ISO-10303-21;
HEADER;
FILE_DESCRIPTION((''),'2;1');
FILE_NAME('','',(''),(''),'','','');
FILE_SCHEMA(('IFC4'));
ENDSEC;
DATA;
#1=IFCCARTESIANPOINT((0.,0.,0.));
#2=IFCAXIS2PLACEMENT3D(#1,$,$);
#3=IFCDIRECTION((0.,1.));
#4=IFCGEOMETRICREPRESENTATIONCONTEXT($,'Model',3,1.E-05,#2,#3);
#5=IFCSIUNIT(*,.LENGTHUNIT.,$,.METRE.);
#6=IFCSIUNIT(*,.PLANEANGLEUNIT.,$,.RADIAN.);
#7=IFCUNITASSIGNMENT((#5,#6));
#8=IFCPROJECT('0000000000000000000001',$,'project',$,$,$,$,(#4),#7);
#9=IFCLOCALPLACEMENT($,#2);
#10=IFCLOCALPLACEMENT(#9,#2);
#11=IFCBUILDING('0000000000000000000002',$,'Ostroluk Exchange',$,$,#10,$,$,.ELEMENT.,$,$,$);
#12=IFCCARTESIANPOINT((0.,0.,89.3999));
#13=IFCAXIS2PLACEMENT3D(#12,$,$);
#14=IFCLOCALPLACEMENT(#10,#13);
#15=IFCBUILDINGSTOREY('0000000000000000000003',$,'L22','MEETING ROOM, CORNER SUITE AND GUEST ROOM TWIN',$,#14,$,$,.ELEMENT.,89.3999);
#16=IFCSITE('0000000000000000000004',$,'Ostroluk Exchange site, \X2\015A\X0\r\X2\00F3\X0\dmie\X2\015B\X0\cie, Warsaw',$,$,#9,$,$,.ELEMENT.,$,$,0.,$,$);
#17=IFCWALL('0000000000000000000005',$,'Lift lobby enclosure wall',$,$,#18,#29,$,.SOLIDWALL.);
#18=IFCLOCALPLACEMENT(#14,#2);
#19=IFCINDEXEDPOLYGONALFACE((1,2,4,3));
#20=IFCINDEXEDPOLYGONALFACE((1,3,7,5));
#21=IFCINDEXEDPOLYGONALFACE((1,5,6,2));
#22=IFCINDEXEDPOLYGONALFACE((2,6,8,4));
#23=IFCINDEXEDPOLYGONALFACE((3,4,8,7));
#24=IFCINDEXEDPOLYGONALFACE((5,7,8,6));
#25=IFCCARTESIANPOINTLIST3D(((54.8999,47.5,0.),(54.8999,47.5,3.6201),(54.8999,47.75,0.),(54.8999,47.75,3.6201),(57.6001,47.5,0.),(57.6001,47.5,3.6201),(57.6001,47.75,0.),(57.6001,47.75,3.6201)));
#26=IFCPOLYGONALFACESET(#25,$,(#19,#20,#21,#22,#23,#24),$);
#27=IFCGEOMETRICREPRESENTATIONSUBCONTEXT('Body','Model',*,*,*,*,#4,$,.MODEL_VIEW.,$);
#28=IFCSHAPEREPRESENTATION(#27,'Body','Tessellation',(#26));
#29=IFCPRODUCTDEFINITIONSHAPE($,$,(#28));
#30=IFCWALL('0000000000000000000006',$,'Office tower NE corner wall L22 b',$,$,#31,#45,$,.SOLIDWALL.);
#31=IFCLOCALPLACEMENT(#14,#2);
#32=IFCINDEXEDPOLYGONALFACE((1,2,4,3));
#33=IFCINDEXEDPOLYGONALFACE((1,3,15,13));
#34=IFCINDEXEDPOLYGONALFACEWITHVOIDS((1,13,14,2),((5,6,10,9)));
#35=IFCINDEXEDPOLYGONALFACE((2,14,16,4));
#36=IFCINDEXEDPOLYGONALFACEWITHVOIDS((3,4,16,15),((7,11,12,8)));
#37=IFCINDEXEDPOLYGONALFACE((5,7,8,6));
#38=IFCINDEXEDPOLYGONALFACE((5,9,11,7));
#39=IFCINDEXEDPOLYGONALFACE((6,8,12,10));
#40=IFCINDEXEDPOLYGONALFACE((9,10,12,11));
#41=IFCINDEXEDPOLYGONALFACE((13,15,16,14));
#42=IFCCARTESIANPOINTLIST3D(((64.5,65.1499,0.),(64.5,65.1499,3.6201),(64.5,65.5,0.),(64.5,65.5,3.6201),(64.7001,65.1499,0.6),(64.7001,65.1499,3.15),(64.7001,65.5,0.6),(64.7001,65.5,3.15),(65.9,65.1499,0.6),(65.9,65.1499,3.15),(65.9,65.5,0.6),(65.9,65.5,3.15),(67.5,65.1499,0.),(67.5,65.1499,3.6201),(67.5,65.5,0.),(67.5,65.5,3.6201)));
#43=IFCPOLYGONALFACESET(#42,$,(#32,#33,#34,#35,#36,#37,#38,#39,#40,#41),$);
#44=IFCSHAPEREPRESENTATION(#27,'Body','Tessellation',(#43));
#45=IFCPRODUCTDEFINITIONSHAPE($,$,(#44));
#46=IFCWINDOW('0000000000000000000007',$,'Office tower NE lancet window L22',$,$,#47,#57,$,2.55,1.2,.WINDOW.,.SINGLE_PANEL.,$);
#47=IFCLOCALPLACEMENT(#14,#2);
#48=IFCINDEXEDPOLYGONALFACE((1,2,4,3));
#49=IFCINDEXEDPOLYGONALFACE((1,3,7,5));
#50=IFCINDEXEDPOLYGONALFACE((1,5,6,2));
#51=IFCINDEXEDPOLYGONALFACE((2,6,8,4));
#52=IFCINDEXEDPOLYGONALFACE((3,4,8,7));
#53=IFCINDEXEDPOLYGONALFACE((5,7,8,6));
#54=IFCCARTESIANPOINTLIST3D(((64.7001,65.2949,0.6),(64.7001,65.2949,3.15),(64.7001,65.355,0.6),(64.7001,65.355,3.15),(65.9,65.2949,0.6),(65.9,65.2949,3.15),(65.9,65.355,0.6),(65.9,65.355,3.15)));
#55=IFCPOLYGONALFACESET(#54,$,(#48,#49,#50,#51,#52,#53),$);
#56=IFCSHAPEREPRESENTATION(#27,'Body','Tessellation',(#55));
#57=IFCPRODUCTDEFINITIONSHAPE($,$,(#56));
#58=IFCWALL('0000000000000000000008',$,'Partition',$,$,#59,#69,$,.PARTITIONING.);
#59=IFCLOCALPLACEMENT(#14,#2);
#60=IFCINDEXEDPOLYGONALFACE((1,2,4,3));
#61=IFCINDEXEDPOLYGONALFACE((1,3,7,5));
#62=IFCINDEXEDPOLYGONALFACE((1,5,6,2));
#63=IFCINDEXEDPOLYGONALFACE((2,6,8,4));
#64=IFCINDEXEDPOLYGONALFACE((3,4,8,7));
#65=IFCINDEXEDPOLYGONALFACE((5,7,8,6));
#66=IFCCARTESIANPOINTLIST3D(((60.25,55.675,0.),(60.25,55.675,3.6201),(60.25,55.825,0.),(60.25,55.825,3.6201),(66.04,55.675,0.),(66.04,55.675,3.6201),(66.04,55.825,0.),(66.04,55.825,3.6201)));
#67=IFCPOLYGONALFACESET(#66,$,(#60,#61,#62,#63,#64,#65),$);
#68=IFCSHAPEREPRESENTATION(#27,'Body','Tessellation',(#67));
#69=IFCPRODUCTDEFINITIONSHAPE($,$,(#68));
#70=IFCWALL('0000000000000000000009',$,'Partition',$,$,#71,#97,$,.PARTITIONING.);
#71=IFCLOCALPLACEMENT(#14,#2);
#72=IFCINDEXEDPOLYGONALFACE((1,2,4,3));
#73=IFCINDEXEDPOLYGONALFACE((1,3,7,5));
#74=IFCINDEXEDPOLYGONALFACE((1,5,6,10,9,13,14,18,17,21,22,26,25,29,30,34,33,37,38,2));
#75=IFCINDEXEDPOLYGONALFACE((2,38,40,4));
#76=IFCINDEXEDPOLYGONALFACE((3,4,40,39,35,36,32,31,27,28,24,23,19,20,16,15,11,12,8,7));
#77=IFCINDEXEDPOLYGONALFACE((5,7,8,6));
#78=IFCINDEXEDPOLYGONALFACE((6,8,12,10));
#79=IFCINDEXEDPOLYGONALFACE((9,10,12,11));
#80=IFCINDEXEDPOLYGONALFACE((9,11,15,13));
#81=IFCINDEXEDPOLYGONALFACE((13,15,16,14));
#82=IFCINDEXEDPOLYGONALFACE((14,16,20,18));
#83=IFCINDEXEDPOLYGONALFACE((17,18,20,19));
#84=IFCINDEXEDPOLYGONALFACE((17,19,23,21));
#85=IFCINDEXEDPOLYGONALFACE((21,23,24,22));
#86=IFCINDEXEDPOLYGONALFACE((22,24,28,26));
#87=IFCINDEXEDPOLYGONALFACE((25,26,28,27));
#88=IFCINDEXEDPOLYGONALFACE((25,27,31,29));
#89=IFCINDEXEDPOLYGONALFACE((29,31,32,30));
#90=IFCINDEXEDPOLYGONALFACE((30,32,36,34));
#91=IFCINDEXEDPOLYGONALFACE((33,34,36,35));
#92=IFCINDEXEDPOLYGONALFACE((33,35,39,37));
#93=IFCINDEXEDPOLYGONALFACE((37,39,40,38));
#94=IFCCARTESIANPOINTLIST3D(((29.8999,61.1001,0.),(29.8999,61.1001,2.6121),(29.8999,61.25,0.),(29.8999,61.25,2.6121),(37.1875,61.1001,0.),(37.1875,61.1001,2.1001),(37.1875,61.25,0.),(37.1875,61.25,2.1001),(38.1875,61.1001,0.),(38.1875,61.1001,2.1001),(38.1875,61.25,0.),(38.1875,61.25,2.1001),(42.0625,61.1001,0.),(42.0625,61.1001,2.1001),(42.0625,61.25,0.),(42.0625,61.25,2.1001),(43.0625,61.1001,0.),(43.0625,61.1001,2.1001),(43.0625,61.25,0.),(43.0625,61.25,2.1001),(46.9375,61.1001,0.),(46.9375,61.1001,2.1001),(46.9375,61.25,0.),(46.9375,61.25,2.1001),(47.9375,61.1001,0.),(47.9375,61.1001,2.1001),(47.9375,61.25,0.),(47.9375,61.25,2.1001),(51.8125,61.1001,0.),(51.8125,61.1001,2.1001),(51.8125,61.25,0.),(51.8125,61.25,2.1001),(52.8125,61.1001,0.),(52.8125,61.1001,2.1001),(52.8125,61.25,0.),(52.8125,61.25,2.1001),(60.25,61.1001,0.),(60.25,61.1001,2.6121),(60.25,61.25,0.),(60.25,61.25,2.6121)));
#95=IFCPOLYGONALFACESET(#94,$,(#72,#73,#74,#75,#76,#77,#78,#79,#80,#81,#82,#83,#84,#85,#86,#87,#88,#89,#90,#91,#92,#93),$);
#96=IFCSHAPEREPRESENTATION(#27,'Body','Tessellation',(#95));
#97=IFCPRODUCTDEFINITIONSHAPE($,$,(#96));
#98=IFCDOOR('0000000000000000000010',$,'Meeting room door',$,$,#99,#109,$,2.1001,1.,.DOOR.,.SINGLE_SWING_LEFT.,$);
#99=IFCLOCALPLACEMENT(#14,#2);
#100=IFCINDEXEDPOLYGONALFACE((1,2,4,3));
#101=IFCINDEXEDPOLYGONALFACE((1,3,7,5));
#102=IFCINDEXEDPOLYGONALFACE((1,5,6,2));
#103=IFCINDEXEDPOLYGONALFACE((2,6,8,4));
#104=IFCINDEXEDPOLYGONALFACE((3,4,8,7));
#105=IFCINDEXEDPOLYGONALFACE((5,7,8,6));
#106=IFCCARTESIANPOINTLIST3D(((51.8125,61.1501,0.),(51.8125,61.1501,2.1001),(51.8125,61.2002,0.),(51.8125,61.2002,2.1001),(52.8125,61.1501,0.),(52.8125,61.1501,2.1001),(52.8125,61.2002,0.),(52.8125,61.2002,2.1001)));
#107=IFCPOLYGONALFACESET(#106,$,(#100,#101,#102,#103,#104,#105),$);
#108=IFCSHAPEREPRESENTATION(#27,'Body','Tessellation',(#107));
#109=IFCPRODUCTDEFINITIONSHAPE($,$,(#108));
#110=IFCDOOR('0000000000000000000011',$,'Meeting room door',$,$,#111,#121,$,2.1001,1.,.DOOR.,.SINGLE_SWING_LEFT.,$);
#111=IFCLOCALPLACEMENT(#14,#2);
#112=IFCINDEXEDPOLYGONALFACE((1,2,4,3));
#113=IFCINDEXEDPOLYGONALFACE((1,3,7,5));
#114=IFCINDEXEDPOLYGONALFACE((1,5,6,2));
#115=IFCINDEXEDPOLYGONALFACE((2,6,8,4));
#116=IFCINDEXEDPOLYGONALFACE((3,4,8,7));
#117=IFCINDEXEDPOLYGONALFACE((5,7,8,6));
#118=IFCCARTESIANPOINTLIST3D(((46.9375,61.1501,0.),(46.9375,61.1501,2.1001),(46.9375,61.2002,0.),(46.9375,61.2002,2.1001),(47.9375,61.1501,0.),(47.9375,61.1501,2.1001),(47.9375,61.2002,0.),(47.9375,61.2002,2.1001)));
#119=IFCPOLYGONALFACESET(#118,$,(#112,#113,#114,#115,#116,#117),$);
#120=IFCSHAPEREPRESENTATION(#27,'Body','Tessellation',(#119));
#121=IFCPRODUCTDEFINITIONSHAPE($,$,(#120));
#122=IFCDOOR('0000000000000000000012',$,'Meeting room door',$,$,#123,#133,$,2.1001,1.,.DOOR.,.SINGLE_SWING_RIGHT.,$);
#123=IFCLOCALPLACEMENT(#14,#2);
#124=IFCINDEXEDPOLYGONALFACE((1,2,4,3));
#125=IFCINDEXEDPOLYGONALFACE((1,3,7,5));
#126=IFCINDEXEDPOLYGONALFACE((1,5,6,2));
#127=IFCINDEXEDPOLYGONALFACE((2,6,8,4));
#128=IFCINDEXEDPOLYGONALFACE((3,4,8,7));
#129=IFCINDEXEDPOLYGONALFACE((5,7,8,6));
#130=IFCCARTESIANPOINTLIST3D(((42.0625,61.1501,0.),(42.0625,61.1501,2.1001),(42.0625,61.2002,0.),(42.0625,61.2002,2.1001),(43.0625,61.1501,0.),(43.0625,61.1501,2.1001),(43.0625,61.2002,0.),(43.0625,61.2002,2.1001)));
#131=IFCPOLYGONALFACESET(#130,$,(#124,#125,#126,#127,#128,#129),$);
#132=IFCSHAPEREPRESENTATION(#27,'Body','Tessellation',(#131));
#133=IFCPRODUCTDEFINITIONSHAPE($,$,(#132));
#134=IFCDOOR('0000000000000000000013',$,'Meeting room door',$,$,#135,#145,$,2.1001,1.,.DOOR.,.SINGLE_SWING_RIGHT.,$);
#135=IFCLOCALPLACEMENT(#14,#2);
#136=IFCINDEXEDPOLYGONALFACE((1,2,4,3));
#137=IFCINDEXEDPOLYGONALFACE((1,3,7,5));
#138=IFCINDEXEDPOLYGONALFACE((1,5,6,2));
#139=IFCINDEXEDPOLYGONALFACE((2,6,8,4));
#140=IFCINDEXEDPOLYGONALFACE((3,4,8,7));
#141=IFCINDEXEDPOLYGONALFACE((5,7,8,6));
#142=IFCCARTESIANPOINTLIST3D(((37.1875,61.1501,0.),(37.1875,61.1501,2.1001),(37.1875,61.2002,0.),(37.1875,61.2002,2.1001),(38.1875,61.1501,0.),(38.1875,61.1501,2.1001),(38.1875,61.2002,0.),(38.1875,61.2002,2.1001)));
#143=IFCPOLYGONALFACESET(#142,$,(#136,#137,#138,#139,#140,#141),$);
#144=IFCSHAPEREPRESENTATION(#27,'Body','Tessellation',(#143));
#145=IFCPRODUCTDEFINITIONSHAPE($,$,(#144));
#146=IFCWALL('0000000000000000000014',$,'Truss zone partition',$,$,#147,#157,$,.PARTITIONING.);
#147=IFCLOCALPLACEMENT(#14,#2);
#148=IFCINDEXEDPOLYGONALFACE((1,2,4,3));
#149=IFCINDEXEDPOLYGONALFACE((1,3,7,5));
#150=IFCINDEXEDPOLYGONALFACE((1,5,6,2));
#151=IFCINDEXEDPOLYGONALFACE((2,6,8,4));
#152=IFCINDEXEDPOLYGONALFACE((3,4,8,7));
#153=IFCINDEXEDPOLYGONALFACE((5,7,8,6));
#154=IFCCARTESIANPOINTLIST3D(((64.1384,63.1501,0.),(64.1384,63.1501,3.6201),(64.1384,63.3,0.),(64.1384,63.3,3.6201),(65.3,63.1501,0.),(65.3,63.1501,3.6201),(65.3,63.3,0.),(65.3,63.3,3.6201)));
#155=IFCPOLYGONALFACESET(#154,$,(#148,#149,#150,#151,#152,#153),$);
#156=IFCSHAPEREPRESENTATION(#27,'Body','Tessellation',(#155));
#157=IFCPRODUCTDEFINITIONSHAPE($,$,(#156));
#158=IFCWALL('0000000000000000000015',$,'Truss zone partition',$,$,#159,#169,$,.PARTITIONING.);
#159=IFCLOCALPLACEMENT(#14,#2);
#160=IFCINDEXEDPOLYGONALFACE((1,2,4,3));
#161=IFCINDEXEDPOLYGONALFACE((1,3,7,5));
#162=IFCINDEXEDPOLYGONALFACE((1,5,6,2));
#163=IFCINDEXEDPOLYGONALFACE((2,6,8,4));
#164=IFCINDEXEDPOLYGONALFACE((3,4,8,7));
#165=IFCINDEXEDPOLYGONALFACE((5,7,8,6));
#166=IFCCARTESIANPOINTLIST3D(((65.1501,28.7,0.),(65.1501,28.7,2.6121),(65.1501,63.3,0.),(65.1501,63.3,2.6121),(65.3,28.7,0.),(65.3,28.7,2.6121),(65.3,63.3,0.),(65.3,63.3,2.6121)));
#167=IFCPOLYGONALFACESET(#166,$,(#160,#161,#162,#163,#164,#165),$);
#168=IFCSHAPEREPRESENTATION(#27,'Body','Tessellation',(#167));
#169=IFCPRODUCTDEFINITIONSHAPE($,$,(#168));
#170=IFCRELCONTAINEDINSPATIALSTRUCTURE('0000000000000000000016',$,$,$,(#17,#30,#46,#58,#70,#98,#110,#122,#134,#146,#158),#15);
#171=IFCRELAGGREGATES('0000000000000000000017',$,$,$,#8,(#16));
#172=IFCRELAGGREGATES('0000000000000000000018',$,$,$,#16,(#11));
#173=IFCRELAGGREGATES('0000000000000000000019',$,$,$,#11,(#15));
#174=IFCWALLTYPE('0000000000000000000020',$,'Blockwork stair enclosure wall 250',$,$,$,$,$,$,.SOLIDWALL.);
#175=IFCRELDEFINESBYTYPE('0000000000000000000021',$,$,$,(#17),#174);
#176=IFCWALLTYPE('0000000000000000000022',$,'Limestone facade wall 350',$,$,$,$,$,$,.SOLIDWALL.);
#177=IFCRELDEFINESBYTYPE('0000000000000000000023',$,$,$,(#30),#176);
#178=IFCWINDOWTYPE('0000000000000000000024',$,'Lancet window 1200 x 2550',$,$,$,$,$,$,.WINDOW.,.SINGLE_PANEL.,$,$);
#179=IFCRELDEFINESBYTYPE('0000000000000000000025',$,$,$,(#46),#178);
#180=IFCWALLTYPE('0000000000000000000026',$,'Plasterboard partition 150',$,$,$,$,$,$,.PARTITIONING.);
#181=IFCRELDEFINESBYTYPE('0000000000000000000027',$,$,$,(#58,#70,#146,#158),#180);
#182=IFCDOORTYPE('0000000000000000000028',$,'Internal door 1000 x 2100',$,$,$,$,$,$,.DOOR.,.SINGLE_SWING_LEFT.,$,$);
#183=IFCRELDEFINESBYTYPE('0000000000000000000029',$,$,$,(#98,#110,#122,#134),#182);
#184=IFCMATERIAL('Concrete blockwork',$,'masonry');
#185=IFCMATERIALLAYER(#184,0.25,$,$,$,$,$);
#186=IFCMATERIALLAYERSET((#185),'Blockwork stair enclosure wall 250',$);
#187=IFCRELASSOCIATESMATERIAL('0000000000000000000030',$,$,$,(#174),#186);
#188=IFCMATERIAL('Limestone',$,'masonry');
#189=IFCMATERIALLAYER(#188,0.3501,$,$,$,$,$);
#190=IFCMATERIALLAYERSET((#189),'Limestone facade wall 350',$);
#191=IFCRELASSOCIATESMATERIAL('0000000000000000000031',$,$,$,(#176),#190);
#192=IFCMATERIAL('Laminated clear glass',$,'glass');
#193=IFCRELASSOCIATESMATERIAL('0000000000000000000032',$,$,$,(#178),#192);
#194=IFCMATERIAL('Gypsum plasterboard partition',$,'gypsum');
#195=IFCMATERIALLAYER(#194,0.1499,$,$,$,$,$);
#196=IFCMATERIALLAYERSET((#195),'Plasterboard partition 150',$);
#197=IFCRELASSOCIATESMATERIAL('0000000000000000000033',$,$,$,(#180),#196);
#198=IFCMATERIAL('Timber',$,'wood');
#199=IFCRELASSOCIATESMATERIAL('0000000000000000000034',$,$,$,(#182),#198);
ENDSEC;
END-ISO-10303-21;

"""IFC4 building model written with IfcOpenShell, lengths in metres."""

from ifc_helpers import new_model, si_unit, direction, frame, frame_2d, origin, place, context, subcontext, project, spatial, rectangle, extrude, material, layer, layer_set, type_object, element, fill, save


model = new_model("IFC4")

# Units and contexts
model_context = context("Model", 3, precision=1e-05, world=origin(), true_north=direction((0.0, 1.0)))
body_context = subcontext(model_context, "Body", "Model", "MODEL_VIEW")
ifc_project = project(units=[si_unit("LENGTHUNIT", "METRE"), si_unit("PLANEANGLEUNIT", "RADIAN")], contexts=[model_context])

# Site, building, storey
site_placement = place(None, origin())
site = spatial("IfcSite", under=ifc_project, at=site_placement, Name="Ostroluk Exchange site, Śródmieście, Warsaw", CompositionType="ELEMENT", RefElevation=0.0)
building_placement = place(site_placement, origin())
building = spatial("IfcBuilding", under=site, at=building_placement, Name="Ostroluk Exchange", CompositionType="ELEMENT")
storey_placement = place(building_placement, frame((0.0, 0.0, 89.3999)))
storey = spatial("IfcBuildingStorey", under=building, at=storey_placement, Name="L22", Description="MEETING ROOM, CORNER SUITE AND GUEST ROOM TWIN", CompositionType="ELEMENT", Elevation=89.3999)

# Wall
ifc_material_1 = material(Name="Concrete blockwork", Category="masonry")
ifc_layer_1 = layer(ifc_material_1, 0.25)
ifc_layer_set_1 = layer_set([ifc_layer_1], Name="Blockwork stair enclosure wall 250")
wall_type_1 = type_object("IfcWallType", Name="Blockwork stair enclosure wall 250", PredefinedType="SOLIDWALL", material=ifc_layer_set_1)
for number, where, z_axis, x_axis, name in (
    (1, (54.8999, 47.625, 0.0), (0.0, 0.0, 1.0), (1.0, 0.0, 0.0), "Lift lobby enclosure wall"),
):
    element("IfcWall", number, at=place(storey_placement, frame(where, z_axis=z_axis, x_axis=x_axis)), inside=storey, type_object=wall_type_1, Name=name, PredefinedType="SOLIDWALL", context=body_context, shape_type="SweptSolid", body=[
        extrude(rectangle(XDim=2.7002, YDim=0.25, at=frame_2d((1.3501, 0.0))), origin(), (0.0, 0.0, 1.0), 3.6201),
    ])

# Wall, opening, window
ifc_material_2 = material(Name="Limestone", Category="masonry")
ifc_layer_2 = layer(ifc_material_2, 0.3501)
ifc_layer_set_2 = layer_set([ifc_layer_2], Name="Limestone facade wall 350")
wall_type_2 = type_object("IfcWallType", Name="Limestone facade wall 350", PredefinedType="SOLIDWALL", material=ifc_layer_set_2)
wall_1_placement = place(storey_placement, frame((64.5, 65.325, 0.0), z_axis=(0.0, 0.0, 1.0), x_axis=(1.0, 0.0, 0.0)))
wall_1 = element("IfcWall", 2, at=wall_1_placement, inside=storey, type_object=wall_type_2, Name="Office tower NE corner wall L22 b", PredefinedType="SOLIDWALL", context=body_context, shape_type="SweptSolid", body=[
    extrude(rectangle(XDim=3.0, YDim=0.3501, at=frame_2d((1.5, 0.0))), origin(), (0.0, 0.0, 1.0), 3.6201),
])
opening_1_placement = place(wall_1_placement, frame((0.2, 0.0, 0.6001)))
opening_1 = element("IfcOpeningElement", 3, at=opening_1_placement, cuts=wall_1, PredefinedType="OPENING", context=body_context, shape_type="SweptSolid", body=[
    extrude(rectangle(XDim=1.2, YDim=2.55, at=frame_2d((0.6001, 1.2749))), frame((0.0, 0.1851, 0.0), z_axis=(0.0, -1.0, 0.0), x_axis=(1.0, 0.0, 0.0)), (0.0, 0.0, 1.0), 0.3701),
])
ifc_material_3 = material(Name="Laminated clear glass", Category="glass")
window_type = type_object("IfcWindowType", Name="Lancet window 1200 x 2550", PartitioningType="SINGLE_PANEL", PredefinedType="WINDOW", material=ifc_material_3)
window_placement = place(opening_1_placement, origin())
window = element("IfcWindow", 4, at=window_placement, inside=storey, type_object=window_type, Name="Office tower NE lancet window L22", OverallHeight=2.55, OverallWidth=1.2, PartitioningType="SINGLE_PANEL", PredefinedType="WINDOW", context=body_context, shape_type="SweptSolid", body=[
    extrude(rectangle(XDim=1.2, YDim=2.55, at=frame_2d((0.6001, 1.2749))), frame((0.0, 0.03, 0.0), z_axis=(0.0, -1.0, 0.0), x_axis=(1.0, 0.0, 0.0)), (0.0, 0.0, 1.0), 0.0601),
])
fill(opening_1, window)

# Wall
ifc_material_4 = material(Name="Gypsum plasterboard partition", Category="gypsum")
ifc_layer_3 = layer(ifc_material_4, 0.1499)
ifc_layer_set_3 = layer_set([ifc_layer_3], Name="Plasterboard partition 150")
wall_type_3 = type_object("IfcWallType", Name="Plasterboard partition 150", PredefinedType="PARTITIONING", material=ifc_layer_set_3)
wall_2_placement = place(storey_placement, frame((60.25, 55.75, 0.0), z_axis=(0.0, 0.0, 1.0), x_axis=(1.0, 0.0, 0.0)))
element("IfcWall", 5, at=wall_2_placement, inside=storey, type_object=wall_type_3, Name="Partition", PredefinedType="PARTITIONING", context=body_context, shape_type="SweptSolid", body=[
    extrude(rectangle(XDim=5.79, YDim=0.1499, at=frame_2d((2.895, 0.0))), origin(), (0.0, 0.0, 1.0), 3.6201),
])

# Wall, openings, doors
wall_3_placement = place(storey_placement, frame((60.25, 61.175, 0.0), z_axis=(0.0, 0.0, 1.0), x_axis=(-1.0, 0.0, 0.0)))
wall_3 = element("IfcWall", 6, at=wall_3_placement, inside=storey, type_object=wall_type_3, Name="Partition", PredefinedType="PARTITIONING", context=body_context, shape_type="SweptSolid", body=[
    extrude(rectangle(XDim=30.3501, YDim=0.1499, at=frame_2d((15.175, 0.0))), origin(), (0.0, 0.0, 1.0), 2.6121),
])
opening_2_placement = place(wall_3_placement, frame((7.4375, 0.0, 0.0)))
opening_2 = element("IfcOpeningElement", 7, at=opening_2_placement, cuts=wall_3, PredefinedType="OPENING", context=body_context, shape_type="SweptSolid", body=[
    extrude(rectangle(XDim=1.0, YDim=2.1001, at=frame_2d((0.5, 1.05))), frame((0.0, 0.085, 0.0), z_axis=(0.0, -1.0, 0.0), x_axis=(1.0, 0.0, 0.0)), (0.0, 0.0, 1.0), 0.1699),
])
opening_3_placement = place(wall_3_placement, frame((12.3125, 0.0, 0.0)))
opening_3 = element("IfcOpeningElement", 8, at=opening_3_placement, cuts=wall_3, PredefinedType="OPENING", context=body_context, shape_type="SweptSolid", body=[
    extrude(rectangle(XDim=1.0, YDim=2.1001, at=frame_2d((0.5, 1.05))), frame((0.0, 0.085, 0.0), z_axis=(0.0, -1.0, 0.0), x_axis=(1.0, 0.0, 0.0)), (0.0, 0.0, 1.0), 0.1699),
])
opening_4_placement = place(wall_3_placement, frame((17.1875, 0.0, 0.0)))
opening_4 = element("IfcOpeningElement", 9, at=opening_4_placement, cuts=wall_3, PredefinedType="OPENING", context=body_context, shape_type="SweptSolid", body=[
    extrude(rectangle(XDim=1.0, YDim=2.1001, at=frame_2d((0.5, 1.05))), frame((0.0, 0.085, 0.0), z_axis=(0.0, -1.0, 0.0), x_axis=(1.0, 0.0, 0.0)), (0.0, 0.0, 1.0), 0.1699),
])
opening_5_placement = place(wall_3_placement, frame((22.0625, 0.0, 0.0)))
opening_5 = element("IfcOpeningElement", 10, at=opening_5_placement, cuts=wall_3, PredefinedType="OPENING", context=body_context, shape_type="SweptSolid", body=[
    extrude(rectangle(XDim=1.0, YDim=2.1001, at=frame_2d((0.5, 1.05))), frame((0.0, 0.085, 0.0), z_axis=(0.0, -1.0, 0.0), x_axis=(1.0, 0.0, 0.0)), (0.0, 0.0, 1.0), 0.1699),
])
ifc_material_5 = material(Name="Timber", Category="wood")
door_type = type_object("IfcDoorType", Name="Internal door 1000 x 2100", OperationType="SINGLE_SWING_LEFT", PredefinedType="DOOR", material=ifc_material_5)
door_1_placement = place(opening_2_placement, origin())
door_1 = element("IfcDoor", 11, at=door_1_placement, inside=storey, type_object=door_type, Name="Meeting room door", OperationType="SINGLE_SWING_LEFT", OverallHeight=2.1001, OverallWidth=1.0, PredefinedType="DOOR", context=body_context, shape_type="SweptSolid", body=[
    extrude(rectangle(XDim=1.0, YDim=2.1001, at=frame_2d((0.5, 1.05))), frame((0.0, 0.0249, 0.0), z_axis=(0.0, -1.0, 0.0), x_axis=(1.0, 0.0, 0.0)), (0.0, 0.0, 1.0), 0.05),
])
fill(opening_2, door_1)
door_2_placement = place(opening_3_placement, origin())
door_2 = element("IfcDoor", 12, at=door_2_placement, inside=storey, type_object=door_type, Name="Meeting room door", OperationType="SINGLE_SWING_LEFT", OverallHeight=2.1001, OverallWidth=1.0, PredefinedType="DOOR", context=body_context, shape_type="SweptSolid", body=[
    extrude(rectangle(XDim=1.0, YDim=2.1001, at=frame_2d((0.5, 1.05))), frame((0.0, 0.0249, 0.0), z_axis=(0.0, -1.0, 0.0), x_axis=(1.0, 0.0, 0.0)), (0.0, 0.0, 1.0), 0.05),
])
fill(opening_3, door_2)
door_3_placement = place(opening_4_placement, origin())
door_3 = element("IfcDoor", 13, at=door_3_placement, inside=storey, type_object=door_type, Name="Meeting room door", OperationType="SINGLE_SWING_RIGHT", OverallHeight=2.1001, OverallWidth=1.0, PredefinedType="DOOR", context=body_context, shape_type="SweptSolid", body=[
    extrude(rectangle(XDim=1.0, YDim=2.1001, at=frame_2d((0.5, 1.05))), frame((0.0, 0.0249, 0.0), z_axis=(0.0, -1.0, 0.0), x_axis=(1.0, 0.0, 0.0)), (0.0, 0.0, 1.0), 0.05),
])
fill(opening_4, door_3)
door_4_placement = place(opening_5_placement, origin())
door_4 = element("IfcDoor", 14, at=door_4_placement, inside=storey, type_object=door_type, Name="Meeting room door", OperationType="SINGLE_SWING_RIGHT", OverallHeight=2.1001, OverallWidth=1.0, PredefinedType="DOOR", context=body_context, shape_type="SweptSolid", body=[
    extrude(rectangle(XDim=1.0, YDim=2.1001, at=frame_2d((0.5, 1.05))), frame((0.0, 0.0249, 0.0), z_axis=(0.0, -1.0, 0.0), x_axis=(1.0, 0.0, 0.0)), (0.0, 0.0, 1.0), 0.05),
])
fill(opening_5, door_4)

# Walls
wall_4_placement = place(storey_placement, frame((64.1384, 63.2251, 0.0), z_axis=(0.0, 0.0, 1.0), x_axis=(1.0, 0.0, 0.0)))
element("IfcWall", 15, at=wall_4_placement, inside=storey, type_object=wall_type_3, Name="Truss zone partition", PredefinedType="PARTITIONING", context=body_context, shape_type="SweptSolid", body=[
    extrude(rectangle(XDim=1.1616, YDim=0.1499, at=frame_2d((0.5808, 0.0))), origin(), (0.0, 0.0, 1.0), 3.6201),
])
wall_5_placement = place(storey_placement, frame((65.2251, 63.3, 0.0), z_axis=(0.0, 0.0, 1.0), x_axis=(0.0, -1.0, 0.0)))
element("IfcWall", 16, at=wall_5_placement, inside=storey, type_object=wall_type_3, Name="Truss zone partition", PredefinedType="PARTITIONING", context=body_context, shape_type="SweptSolid", body=[
    extrude(rectangle(XDim=34.6001, YDim=0.1499, at=frame_2d((17.3, 0.0))), origin(), (0.0, 0.0, 1.0), 2.6121),
])

save(model, "model.ifc")
